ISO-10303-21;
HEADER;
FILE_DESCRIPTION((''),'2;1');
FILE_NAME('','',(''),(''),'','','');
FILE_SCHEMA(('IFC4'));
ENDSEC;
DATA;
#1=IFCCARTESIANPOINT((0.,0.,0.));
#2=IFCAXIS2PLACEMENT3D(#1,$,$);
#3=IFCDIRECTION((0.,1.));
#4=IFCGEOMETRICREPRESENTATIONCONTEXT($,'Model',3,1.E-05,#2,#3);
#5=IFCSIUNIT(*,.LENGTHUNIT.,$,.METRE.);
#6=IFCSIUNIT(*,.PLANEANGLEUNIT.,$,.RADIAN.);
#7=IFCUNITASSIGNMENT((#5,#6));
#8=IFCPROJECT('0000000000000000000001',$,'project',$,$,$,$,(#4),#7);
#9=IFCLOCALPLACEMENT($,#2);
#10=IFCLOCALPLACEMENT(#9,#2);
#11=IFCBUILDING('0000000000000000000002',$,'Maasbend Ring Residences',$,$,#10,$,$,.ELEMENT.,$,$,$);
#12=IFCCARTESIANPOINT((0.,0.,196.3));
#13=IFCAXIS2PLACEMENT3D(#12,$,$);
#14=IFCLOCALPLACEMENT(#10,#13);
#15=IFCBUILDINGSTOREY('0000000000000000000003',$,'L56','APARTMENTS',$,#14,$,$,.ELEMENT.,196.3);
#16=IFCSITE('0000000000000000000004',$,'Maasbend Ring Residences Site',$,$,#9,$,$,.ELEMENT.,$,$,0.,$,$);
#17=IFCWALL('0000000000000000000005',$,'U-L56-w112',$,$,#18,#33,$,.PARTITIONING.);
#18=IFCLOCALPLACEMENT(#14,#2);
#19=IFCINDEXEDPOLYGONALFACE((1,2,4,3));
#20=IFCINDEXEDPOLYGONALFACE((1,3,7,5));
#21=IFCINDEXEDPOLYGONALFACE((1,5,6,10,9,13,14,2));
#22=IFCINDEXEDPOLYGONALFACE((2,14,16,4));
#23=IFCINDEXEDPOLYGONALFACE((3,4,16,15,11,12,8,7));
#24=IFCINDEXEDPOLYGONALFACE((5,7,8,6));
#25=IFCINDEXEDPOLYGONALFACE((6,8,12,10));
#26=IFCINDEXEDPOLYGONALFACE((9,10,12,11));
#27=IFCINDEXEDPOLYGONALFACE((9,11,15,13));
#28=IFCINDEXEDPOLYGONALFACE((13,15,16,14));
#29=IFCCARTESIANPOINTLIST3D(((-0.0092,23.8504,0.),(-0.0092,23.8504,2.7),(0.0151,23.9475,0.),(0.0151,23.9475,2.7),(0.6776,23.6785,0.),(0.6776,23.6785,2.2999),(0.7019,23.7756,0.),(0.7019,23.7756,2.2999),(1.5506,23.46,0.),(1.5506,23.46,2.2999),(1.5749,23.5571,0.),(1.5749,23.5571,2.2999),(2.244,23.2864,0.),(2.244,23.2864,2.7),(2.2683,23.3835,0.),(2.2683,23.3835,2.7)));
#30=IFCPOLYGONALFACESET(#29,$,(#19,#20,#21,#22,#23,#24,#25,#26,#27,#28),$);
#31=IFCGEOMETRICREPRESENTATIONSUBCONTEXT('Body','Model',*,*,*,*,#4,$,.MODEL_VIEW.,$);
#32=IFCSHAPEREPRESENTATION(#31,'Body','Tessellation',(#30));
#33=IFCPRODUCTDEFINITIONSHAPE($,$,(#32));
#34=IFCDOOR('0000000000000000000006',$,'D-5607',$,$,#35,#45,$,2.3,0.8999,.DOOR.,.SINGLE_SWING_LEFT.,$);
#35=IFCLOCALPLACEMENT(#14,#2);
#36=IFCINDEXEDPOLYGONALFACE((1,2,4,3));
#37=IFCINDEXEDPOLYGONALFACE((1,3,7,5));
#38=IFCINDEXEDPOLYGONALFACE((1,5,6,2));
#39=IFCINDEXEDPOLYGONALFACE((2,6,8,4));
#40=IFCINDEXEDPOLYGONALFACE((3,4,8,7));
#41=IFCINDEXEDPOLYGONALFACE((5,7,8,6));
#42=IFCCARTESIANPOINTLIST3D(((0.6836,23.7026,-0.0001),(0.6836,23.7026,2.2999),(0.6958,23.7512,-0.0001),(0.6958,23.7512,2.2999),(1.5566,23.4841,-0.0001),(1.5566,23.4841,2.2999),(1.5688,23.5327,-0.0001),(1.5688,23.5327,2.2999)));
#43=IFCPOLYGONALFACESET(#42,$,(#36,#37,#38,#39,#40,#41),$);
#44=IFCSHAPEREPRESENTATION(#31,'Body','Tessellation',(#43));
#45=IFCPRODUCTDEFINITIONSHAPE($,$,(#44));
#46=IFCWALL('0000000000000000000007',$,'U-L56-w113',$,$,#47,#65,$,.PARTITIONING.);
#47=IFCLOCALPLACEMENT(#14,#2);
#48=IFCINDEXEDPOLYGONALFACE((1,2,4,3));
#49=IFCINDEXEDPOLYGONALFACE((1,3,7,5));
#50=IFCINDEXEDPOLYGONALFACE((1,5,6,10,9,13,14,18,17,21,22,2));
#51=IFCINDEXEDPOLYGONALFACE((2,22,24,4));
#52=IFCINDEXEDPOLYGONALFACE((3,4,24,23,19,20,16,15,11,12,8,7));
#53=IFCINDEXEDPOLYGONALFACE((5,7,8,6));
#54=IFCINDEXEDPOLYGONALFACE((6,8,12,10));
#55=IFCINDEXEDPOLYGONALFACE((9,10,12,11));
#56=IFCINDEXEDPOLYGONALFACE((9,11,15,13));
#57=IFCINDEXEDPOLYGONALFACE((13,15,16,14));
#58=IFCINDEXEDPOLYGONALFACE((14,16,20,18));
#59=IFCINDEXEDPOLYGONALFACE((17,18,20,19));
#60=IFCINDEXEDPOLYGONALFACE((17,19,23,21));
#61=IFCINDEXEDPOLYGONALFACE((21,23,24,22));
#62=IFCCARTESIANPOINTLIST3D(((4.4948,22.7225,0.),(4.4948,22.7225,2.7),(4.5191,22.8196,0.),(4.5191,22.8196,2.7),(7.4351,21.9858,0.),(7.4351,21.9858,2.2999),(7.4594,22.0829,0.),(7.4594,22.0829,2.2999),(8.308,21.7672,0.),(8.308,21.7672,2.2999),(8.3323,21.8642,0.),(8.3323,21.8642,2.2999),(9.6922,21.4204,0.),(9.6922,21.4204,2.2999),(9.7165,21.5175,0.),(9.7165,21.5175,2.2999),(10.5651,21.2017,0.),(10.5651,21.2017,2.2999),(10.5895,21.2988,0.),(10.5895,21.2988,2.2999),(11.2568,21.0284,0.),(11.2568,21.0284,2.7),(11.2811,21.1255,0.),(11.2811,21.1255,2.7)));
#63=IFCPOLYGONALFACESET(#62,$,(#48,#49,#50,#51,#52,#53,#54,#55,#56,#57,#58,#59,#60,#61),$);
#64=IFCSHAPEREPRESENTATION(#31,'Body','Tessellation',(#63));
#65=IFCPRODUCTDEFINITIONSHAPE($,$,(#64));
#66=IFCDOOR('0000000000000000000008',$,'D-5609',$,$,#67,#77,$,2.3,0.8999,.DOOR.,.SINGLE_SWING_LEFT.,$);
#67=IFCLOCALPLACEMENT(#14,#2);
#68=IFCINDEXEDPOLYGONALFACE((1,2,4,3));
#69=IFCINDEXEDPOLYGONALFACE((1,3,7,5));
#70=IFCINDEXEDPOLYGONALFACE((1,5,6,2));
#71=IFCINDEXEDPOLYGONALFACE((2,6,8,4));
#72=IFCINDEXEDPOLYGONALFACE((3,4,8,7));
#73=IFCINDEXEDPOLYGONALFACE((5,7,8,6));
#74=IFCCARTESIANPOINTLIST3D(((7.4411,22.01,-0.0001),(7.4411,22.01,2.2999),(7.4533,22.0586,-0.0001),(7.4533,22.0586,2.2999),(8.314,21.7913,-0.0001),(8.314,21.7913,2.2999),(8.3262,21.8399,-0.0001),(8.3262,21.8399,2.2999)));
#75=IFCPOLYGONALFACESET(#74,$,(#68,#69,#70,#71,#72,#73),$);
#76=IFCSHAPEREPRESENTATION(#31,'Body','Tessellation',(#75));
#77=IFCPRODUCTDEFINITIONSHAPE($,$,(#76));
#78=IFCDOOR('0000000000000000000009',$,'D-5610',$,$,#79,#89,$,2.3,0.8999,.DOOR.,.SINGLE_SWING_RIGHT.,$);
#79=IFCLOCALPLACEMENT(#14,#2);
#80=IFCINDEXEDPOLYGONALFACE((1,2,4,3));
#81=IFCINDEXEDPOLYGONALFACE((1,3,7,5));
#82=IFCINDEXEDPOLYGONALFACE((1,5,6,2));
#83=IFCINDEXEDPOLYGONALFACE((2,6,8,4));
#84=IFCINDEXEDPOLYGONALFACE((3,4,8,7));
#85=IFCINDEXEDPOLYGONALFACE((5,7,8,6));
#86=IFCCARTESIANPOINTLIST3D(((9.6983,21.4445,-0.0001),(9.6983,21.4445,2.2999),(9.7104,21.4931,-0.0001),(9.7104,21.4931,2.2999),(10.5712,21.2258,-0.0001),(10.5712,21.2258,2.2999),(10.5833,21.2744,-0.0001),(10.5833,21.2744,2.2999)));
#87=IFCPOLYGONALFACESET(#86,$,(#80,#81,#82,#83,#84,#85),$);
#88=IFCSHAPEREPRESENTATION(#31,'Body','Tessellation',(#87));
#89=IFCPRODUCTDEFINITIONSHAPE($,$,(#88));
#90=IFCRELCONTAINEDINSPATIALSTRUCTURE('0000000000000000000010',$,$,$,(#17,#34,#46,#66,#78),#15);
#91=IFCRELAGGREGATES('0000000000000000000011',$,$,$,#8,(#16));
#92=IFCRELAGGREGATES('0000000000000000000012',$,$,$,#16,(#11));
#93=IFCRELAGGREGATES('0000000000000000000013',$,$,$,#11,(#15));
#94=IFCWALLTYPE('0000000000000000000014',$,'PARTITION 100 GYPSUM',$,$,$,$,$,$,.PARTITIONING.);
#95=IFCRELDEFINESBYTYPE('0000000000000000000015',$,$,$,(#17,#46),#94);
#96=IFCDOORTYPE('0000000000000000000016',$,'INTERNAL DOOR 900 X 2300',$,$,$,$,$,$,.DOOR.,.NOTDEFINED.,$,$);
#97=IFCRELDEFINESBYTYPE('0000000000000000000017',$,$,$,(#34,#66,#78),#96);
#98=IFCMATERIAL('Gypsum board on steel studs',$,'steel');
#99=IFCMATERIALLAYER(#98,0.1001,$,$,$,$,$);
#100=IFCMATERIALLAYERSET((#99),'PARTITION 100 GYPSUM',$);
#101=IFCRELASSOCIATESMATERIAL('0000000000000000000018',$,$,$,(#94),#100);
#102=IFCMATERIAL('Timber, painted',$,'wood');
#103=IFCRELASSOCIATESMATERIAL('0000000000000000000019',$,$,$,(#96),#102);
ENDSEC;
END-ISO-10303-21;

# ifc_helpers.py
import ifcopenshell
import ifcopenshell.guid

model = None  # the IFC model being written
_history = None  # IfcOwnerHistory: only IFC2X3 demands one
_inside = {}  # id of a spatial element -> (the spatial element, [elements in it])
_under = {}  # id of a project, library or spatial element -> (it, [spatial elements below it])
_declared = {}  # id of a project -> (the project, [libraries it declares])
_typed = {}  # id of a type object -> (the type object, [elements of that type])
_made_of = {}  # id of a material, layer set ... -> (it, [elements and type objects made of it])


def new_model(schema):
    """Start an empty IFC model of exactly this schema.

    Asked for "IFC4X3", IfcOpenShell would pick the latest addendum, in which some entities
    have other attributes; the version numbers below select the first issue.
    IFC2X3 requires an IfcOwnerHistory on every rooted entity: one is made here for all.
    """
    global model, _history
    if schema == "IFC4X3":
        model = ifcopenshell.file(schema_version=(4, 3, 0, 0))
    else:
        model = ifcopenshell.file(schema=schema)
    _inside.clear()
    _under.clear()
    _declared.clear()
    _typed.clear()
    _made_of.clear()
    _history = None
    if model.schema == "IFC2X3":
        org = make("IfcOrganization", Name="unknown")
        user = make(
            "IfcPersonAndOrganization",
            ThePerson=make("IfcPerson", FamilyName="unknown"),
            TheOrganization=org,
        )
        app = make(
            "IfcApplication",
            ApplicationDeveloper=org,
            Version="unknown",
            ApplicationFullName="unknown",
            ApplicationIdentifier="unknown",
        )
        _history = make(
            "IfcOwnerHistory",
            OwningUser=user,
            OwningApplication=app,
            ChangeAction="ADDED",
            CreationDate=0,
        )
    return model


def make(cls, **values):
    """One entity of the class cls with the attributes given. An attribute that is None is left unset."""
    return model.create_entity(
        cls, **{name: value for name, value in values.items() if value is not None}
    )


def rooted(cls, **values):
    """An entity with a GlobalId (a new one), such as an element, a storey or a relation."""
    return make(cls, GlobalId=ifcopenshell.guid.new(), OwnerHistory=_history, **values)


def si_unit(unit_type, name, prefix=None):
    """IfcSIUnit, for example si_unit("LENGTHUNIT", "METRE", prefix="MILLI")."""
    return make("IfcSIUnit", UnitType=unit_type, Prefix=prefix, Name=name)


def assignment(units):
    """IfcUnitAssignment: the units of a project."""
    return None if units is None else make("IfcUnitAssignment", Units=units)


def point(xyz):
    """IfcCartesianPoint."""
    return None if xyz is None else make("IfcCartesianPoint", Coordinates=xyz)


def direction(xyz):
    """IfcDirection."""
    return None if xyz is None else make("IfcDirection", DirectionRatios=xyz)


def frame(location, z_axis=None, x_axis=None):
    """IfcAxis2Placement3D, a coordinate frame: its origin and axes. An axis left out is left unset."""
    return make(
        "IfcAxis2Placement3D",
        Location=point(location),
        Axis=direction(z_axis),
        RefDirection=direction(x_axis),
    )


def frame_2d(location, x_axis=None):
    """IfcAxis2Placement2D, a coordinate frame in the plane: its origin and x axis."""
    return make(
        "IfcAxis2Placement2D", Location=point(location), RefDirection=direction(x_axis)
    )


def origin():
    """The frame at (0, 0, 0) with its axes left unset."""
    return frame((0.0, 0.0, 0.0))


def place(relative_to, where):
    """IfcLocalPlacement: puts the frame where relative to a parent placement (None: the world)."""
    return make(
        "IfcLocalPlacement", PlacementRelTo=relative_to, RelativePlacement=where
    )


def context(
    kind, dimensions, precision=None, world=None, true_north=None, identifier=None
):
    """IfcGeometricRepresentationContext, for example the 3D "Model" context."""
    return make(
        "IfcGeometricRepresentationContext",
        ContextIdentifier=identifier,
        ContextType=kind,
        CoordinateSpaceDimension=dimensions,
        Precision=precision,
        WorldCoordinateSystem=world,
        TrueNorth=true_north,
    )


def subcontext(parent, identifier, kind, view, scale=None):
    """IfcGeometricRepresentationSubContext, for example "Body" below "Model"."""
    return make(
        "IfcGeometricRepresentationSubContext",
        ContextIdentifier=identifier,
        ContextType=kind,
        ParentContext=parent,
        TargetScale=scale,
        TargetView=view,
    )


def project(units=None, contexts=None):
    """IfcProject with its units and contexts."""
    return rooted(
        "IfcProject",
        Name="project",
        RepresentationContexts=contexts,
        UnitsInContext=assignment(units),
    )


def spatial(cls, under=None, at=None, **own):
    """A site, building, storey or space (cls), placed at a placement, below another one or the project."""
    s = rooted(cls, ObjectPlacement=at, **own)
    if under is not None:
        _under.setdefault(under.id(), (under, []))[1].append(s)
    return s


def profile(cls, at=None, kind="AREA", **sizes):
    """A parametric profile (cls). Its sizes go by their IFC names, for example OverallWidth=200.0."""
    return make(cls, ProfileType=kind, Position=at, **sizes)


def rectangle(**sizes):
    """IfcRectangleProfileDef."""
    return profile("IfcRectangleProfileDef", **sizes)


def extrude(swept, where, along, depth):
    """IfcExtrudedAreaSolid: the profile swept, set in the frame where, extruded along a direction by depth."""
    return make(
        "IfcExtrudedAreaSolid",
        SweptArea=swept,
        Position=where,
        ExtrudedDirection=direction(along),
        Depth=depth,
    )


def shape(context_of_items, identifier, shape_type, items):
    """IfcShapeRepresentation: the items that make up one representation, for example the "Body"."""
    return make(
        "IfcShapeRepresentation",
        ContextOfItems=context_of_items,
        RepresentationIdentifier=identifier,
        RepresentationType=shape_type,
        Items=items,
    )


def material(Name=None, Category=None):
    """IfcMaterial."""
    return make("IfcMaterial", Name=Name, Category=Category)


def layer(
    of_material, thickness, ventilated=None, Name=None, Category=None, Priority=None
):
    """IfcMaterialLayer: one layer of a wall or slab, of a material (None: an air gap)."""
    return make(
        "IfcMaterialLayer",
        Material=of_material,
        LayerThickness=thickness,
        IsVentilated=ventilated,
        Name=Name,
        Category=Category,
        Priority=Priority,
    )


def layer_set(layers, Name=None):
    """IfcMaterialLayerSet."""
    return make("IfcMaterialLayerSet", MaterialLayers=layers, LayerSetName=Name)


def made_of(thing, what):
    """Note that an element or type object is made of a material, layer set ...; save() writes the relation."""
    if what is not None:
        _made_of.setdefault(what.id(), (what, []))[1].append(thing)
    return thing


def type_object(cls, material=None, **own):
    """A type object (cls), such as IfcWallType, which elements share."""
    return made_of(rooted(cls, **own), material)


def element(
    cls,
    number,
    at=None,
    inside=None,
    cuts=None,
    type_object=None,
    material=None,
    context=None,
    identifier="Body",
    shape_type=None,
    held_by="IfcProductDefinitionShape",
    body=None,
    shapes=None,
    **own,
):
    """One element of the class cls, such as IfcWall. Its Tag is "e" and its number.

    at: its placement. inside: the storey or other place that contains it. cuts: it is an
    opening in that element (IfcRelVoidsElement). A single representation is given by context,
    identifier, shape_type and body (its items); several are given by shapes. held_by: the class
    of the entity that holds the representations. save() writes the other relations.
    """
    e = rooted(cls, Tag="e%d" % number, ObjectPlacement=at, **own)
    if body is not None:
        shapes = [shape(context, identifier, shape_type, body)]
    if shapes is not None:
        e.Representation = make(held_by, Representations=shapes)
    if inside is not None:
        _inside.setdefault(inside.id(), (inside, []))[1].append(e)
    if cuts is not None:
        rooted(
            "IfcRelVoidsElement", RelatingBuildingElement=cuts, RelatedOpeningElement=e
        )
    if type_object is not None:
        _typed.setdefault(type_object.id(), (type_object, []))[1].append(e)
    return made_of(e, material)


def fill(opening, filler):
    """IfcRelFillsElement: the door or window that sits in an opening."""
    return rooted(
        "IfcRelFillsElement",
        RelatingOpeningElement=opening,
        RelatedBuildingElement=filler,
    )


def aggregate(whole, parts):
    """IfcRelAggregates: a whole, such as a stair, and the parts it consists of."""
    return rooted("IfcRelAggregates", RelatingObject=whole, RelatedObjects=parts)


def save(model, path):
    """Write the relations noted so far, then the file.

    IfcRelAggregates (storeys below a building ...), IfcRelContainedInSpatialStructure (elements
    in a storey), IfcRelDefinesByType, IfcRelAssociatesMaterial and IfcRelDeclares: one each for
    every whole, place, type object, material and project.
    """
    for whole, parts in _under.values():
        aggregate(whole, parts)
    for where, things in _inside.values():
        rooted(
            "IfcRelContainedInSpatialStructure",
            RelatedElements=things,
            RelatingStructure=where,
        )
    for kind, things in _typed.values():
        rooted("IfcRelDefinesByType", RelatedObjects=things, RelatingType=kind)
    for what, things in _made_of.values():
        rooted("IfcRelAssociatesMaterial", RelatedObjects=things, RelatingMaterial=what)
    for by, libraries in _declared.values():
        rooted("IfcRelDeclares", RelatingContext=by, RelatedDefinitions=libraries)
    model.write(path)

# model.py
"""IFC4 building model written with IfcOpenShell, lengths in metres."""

from ifc_helpers import new_model, si_unit, direction, frame, frame_2d, origin, place, context, subcontext, project, spatial, rectangle, extrude, material, layer, layer_set, type_object, element, fill, save


model = new_model("IFC4")

# Units and contexts
model_context = context("Model", 3, precision=1e-05, world=origin(), true_north=direction((0.0, 1.0)))
body_context = subcontext(model_context, "Body", "Model", "MODEL_VIEW")
ifc_project = project(units=[si_unit("LENGTHUNIT", "METRE"), si_unit("PLANEANGLEUNIT", "RADIAN")], contexts=[model_context])

# Site, building, storey
site_placement = place(None, origin())
site = spatial("IfcSite", under=ifc_project, at=site_placement, Name="Maasbend Ring Residences Site", CompositionType="ELEMENT", RefElevation=0.0)
building_placement = place(site_placement, origin())
building = spatial("IfcBuilding", under=site, at=building_placement, Name="Maasbend Ring Residences", CompositionType="ELEMENT")
storey_placement = place(building_placement, frame((0.0, 0.0, 196.3)))
storey = spatial("IfcBuildingStorey", under=building, at=storey_placement, Name="L56", Description="APARTMENTS", CompositionType="ELEMENT", Elevation=196.3)

# Wall, opening, door
ifc_material_1 = material(Name="Gypsum board on steel studs", Category="steel")
ifc_layer_1 = layer(ifc_material_1, 0.1001)
ifc_layer_set_1 = layer_set([ifc_layer_1], Name="PARTITION 100 GYPSUM")
wall_type_1 = type_object("IfcWallType", Name="PARTITION 100 GYPSUM", PredefinedType="PARTITIONING", material=ifc_layer_set_1)
wall_1_placement = place(storey_placement, frame((0.0029, 23.8989, 0.0), z_axis=(0.0, 0.0, 1.0), x_axis=(0.970074, -0.242808, 0.0)))
wall_1 = element("IfcWall", 1, at=wall_1_placement, inside=storey, type_object=wall_type_1, Name="U-L56-w112", PredefinedType="PARTITIONING", context=body_context, shape_type="SweptSolid", body=[
    extrude(rectangle(XDim=2.3228, YDim=0.1001, at=frame_2d((1.1614, 0.0))), origin(), (0.0, 0.0, 1.0), 2.7),
])
opening_1_placement = place(wall_1_placement, frame((0.708, 0.0, 0.0)))
opening_1 = element("IfcOpeningElement", 2, at=opening_1_placement, cuts=wall_1, PredefinedType="OPENING", context=body_context, shape_type="SweptSolid", body=[
    extrude(rectangle(XDim=0.8999, YDim=2.3, at=frame_2d((0.45, 1.1499))), frame((0.0, 0.0601, 0.0), z_axis=(0.0, -1.0, 0.0), x_axis=(1.0, 0.0, 0.0)), (0.0, 0.0, 1.0), 0.1201),
])
ifc_material_2 = material(Name="Timber, painted", Category="wood")
door_type_1 = type_object("IfcDoorType", Name="INTERNAL DOOR 900 X 2300", OperationType="NOTDEFINED", PredefinedType="DOOR", material=ifc_material_2)
door_1_placement = place(opening_1_placement, origin())
door_1 = element("IfcDoor", 3, at=door_1_placement, inside=storey, type_object=door_type_1, Name="D-5607", OperationType="SINGLE_SWING_LEFT", OverallHeight=2.3, OverallWidth=0.8999, PredefinedType="DOOR", context=body_context, shape_type="SweptSolid", body=[
    extrude(rectangle(XDim=0.8999, YDim=2.3, at=frame_2d((0.45, 1.1499))), frame((0.0, 0.0249, 0.0), z_axis=(0.0, -1.0, 0.0), x_axis=(1.0, 0.0, 0.0)), (0.0, 0.0, 1.0), 0.05),
])
fill(opening_1, door_1)

# Wall, openings, doors
wall_2_placement = place(storey_placement, frame((4.5071, 22.771, 0.0), z_axis=(0.0, 0.0, 1.0), x_axis=(0.970021, -0.243022, 0.0)))
wall_2 = element("IfcWall", 4, at=wall_2_placement, inside=storey, type_object=wall_type_1, Name="U-L56-w113", PredefinedType="PARTITIONING", context=body_context, shape_type="SweptSolid", body=[
    extrude(rectangle(XDim=6.9709, YDim=0.1001, at=frame_2d((3.4854, 0.0))), origin(), (0.0, 0.0, 1.0), 2.7),
])
opening_2_placement = place(wall_2_placement, frame((3.031, 0.0, 0.0)))
opening_2 = element("IfcOpeningElement", 5, at=opening_2_placement, cuts=wall_2, PredefinedType="OPENING", context=body_context, shape_type="SweptSolid", body=[
    extrude(rectangle(XDim=0.8999, YDim=2.3, at=frame_2d((0.45, 1.1499))), frame((0.0, 0.0601, 0.0), z_axis=(0.0, -1.0, 0.0), x_axis=(1.0, 0.0, 0.0)), (0.0, 0.0, 1.0), 0.1201),
])
opening_3_placement = place(wall_2_placement, frame((5.3579, 0.0, 0.0)))
opening_3 = element("IfcOpeningElement", 6, at=opening_3_placement, cuts=wall_2, PredefinedType="OPENING", context=body_context, shape_type="SweptSolid", body=[
    extrude(rectangle(XDim=0.8999, YDim=2.3, at=frame_2d((0.45, 1.1499))), frame((0.0, 0.0601, 0.0), z_axis=(0.0, -1.0, 0.0), x_axis=(1.0, 0.0, 0.0)), (0.0, 0.0, 1.0), 0.1201),
])
door_2_placement = place(opening_2_placement, origin())
door_2 = element("IfcDoor", 7, at=door_2_placement, inside=storey, type_object=door_type_1, Name="D-5609", OperationType="SINGLE_SWING_LEFT", OverallHeight=2.3, OverallWidth=0.8999, PredefinedType="DOOR", context=body_context, shape_type="SweptSolid", body=[
    extrude(rectangle(XDim=0.8999, YDim=2.3, at=frame_2d((0.45, 1.1499))), frame((0.0, 0.0249, 0.0), z_axis=(0.0, -1.0, 0.0), x_axis=(1.0, 0.0, 0.0)), (0.0, 0.0, 1.0), 0.05),
])
fill(opening_2, door_2)
door_3_placement = place(opening_3_placement, origin())
door_3 = element("IfcDoor", 8, at=door_3_placement, inside=storey, type_object=door_type_1, Name="D-5610", OperationType="SINGLE_SWING_RIGHT", OverallHeight=2.3, OverallWidth=0.8999, PredefinedType="DOOR", context=body_context, shape_type="SweptSolid", body=[
    extrude(rectangle(XDim=0.8999, YDim=2.3, at=frame_2d((0.45, 1.1499))), frame((0.0, 0.0249, 0.0), z_axis=(0.0, -1.0, 0.0), x_axis=(1.0, 0.0, 0.0)), (0.0, 0.0, 1.0), 0.05),
])
fill(opening_3, door_3)

save(model, "model.ifc")
